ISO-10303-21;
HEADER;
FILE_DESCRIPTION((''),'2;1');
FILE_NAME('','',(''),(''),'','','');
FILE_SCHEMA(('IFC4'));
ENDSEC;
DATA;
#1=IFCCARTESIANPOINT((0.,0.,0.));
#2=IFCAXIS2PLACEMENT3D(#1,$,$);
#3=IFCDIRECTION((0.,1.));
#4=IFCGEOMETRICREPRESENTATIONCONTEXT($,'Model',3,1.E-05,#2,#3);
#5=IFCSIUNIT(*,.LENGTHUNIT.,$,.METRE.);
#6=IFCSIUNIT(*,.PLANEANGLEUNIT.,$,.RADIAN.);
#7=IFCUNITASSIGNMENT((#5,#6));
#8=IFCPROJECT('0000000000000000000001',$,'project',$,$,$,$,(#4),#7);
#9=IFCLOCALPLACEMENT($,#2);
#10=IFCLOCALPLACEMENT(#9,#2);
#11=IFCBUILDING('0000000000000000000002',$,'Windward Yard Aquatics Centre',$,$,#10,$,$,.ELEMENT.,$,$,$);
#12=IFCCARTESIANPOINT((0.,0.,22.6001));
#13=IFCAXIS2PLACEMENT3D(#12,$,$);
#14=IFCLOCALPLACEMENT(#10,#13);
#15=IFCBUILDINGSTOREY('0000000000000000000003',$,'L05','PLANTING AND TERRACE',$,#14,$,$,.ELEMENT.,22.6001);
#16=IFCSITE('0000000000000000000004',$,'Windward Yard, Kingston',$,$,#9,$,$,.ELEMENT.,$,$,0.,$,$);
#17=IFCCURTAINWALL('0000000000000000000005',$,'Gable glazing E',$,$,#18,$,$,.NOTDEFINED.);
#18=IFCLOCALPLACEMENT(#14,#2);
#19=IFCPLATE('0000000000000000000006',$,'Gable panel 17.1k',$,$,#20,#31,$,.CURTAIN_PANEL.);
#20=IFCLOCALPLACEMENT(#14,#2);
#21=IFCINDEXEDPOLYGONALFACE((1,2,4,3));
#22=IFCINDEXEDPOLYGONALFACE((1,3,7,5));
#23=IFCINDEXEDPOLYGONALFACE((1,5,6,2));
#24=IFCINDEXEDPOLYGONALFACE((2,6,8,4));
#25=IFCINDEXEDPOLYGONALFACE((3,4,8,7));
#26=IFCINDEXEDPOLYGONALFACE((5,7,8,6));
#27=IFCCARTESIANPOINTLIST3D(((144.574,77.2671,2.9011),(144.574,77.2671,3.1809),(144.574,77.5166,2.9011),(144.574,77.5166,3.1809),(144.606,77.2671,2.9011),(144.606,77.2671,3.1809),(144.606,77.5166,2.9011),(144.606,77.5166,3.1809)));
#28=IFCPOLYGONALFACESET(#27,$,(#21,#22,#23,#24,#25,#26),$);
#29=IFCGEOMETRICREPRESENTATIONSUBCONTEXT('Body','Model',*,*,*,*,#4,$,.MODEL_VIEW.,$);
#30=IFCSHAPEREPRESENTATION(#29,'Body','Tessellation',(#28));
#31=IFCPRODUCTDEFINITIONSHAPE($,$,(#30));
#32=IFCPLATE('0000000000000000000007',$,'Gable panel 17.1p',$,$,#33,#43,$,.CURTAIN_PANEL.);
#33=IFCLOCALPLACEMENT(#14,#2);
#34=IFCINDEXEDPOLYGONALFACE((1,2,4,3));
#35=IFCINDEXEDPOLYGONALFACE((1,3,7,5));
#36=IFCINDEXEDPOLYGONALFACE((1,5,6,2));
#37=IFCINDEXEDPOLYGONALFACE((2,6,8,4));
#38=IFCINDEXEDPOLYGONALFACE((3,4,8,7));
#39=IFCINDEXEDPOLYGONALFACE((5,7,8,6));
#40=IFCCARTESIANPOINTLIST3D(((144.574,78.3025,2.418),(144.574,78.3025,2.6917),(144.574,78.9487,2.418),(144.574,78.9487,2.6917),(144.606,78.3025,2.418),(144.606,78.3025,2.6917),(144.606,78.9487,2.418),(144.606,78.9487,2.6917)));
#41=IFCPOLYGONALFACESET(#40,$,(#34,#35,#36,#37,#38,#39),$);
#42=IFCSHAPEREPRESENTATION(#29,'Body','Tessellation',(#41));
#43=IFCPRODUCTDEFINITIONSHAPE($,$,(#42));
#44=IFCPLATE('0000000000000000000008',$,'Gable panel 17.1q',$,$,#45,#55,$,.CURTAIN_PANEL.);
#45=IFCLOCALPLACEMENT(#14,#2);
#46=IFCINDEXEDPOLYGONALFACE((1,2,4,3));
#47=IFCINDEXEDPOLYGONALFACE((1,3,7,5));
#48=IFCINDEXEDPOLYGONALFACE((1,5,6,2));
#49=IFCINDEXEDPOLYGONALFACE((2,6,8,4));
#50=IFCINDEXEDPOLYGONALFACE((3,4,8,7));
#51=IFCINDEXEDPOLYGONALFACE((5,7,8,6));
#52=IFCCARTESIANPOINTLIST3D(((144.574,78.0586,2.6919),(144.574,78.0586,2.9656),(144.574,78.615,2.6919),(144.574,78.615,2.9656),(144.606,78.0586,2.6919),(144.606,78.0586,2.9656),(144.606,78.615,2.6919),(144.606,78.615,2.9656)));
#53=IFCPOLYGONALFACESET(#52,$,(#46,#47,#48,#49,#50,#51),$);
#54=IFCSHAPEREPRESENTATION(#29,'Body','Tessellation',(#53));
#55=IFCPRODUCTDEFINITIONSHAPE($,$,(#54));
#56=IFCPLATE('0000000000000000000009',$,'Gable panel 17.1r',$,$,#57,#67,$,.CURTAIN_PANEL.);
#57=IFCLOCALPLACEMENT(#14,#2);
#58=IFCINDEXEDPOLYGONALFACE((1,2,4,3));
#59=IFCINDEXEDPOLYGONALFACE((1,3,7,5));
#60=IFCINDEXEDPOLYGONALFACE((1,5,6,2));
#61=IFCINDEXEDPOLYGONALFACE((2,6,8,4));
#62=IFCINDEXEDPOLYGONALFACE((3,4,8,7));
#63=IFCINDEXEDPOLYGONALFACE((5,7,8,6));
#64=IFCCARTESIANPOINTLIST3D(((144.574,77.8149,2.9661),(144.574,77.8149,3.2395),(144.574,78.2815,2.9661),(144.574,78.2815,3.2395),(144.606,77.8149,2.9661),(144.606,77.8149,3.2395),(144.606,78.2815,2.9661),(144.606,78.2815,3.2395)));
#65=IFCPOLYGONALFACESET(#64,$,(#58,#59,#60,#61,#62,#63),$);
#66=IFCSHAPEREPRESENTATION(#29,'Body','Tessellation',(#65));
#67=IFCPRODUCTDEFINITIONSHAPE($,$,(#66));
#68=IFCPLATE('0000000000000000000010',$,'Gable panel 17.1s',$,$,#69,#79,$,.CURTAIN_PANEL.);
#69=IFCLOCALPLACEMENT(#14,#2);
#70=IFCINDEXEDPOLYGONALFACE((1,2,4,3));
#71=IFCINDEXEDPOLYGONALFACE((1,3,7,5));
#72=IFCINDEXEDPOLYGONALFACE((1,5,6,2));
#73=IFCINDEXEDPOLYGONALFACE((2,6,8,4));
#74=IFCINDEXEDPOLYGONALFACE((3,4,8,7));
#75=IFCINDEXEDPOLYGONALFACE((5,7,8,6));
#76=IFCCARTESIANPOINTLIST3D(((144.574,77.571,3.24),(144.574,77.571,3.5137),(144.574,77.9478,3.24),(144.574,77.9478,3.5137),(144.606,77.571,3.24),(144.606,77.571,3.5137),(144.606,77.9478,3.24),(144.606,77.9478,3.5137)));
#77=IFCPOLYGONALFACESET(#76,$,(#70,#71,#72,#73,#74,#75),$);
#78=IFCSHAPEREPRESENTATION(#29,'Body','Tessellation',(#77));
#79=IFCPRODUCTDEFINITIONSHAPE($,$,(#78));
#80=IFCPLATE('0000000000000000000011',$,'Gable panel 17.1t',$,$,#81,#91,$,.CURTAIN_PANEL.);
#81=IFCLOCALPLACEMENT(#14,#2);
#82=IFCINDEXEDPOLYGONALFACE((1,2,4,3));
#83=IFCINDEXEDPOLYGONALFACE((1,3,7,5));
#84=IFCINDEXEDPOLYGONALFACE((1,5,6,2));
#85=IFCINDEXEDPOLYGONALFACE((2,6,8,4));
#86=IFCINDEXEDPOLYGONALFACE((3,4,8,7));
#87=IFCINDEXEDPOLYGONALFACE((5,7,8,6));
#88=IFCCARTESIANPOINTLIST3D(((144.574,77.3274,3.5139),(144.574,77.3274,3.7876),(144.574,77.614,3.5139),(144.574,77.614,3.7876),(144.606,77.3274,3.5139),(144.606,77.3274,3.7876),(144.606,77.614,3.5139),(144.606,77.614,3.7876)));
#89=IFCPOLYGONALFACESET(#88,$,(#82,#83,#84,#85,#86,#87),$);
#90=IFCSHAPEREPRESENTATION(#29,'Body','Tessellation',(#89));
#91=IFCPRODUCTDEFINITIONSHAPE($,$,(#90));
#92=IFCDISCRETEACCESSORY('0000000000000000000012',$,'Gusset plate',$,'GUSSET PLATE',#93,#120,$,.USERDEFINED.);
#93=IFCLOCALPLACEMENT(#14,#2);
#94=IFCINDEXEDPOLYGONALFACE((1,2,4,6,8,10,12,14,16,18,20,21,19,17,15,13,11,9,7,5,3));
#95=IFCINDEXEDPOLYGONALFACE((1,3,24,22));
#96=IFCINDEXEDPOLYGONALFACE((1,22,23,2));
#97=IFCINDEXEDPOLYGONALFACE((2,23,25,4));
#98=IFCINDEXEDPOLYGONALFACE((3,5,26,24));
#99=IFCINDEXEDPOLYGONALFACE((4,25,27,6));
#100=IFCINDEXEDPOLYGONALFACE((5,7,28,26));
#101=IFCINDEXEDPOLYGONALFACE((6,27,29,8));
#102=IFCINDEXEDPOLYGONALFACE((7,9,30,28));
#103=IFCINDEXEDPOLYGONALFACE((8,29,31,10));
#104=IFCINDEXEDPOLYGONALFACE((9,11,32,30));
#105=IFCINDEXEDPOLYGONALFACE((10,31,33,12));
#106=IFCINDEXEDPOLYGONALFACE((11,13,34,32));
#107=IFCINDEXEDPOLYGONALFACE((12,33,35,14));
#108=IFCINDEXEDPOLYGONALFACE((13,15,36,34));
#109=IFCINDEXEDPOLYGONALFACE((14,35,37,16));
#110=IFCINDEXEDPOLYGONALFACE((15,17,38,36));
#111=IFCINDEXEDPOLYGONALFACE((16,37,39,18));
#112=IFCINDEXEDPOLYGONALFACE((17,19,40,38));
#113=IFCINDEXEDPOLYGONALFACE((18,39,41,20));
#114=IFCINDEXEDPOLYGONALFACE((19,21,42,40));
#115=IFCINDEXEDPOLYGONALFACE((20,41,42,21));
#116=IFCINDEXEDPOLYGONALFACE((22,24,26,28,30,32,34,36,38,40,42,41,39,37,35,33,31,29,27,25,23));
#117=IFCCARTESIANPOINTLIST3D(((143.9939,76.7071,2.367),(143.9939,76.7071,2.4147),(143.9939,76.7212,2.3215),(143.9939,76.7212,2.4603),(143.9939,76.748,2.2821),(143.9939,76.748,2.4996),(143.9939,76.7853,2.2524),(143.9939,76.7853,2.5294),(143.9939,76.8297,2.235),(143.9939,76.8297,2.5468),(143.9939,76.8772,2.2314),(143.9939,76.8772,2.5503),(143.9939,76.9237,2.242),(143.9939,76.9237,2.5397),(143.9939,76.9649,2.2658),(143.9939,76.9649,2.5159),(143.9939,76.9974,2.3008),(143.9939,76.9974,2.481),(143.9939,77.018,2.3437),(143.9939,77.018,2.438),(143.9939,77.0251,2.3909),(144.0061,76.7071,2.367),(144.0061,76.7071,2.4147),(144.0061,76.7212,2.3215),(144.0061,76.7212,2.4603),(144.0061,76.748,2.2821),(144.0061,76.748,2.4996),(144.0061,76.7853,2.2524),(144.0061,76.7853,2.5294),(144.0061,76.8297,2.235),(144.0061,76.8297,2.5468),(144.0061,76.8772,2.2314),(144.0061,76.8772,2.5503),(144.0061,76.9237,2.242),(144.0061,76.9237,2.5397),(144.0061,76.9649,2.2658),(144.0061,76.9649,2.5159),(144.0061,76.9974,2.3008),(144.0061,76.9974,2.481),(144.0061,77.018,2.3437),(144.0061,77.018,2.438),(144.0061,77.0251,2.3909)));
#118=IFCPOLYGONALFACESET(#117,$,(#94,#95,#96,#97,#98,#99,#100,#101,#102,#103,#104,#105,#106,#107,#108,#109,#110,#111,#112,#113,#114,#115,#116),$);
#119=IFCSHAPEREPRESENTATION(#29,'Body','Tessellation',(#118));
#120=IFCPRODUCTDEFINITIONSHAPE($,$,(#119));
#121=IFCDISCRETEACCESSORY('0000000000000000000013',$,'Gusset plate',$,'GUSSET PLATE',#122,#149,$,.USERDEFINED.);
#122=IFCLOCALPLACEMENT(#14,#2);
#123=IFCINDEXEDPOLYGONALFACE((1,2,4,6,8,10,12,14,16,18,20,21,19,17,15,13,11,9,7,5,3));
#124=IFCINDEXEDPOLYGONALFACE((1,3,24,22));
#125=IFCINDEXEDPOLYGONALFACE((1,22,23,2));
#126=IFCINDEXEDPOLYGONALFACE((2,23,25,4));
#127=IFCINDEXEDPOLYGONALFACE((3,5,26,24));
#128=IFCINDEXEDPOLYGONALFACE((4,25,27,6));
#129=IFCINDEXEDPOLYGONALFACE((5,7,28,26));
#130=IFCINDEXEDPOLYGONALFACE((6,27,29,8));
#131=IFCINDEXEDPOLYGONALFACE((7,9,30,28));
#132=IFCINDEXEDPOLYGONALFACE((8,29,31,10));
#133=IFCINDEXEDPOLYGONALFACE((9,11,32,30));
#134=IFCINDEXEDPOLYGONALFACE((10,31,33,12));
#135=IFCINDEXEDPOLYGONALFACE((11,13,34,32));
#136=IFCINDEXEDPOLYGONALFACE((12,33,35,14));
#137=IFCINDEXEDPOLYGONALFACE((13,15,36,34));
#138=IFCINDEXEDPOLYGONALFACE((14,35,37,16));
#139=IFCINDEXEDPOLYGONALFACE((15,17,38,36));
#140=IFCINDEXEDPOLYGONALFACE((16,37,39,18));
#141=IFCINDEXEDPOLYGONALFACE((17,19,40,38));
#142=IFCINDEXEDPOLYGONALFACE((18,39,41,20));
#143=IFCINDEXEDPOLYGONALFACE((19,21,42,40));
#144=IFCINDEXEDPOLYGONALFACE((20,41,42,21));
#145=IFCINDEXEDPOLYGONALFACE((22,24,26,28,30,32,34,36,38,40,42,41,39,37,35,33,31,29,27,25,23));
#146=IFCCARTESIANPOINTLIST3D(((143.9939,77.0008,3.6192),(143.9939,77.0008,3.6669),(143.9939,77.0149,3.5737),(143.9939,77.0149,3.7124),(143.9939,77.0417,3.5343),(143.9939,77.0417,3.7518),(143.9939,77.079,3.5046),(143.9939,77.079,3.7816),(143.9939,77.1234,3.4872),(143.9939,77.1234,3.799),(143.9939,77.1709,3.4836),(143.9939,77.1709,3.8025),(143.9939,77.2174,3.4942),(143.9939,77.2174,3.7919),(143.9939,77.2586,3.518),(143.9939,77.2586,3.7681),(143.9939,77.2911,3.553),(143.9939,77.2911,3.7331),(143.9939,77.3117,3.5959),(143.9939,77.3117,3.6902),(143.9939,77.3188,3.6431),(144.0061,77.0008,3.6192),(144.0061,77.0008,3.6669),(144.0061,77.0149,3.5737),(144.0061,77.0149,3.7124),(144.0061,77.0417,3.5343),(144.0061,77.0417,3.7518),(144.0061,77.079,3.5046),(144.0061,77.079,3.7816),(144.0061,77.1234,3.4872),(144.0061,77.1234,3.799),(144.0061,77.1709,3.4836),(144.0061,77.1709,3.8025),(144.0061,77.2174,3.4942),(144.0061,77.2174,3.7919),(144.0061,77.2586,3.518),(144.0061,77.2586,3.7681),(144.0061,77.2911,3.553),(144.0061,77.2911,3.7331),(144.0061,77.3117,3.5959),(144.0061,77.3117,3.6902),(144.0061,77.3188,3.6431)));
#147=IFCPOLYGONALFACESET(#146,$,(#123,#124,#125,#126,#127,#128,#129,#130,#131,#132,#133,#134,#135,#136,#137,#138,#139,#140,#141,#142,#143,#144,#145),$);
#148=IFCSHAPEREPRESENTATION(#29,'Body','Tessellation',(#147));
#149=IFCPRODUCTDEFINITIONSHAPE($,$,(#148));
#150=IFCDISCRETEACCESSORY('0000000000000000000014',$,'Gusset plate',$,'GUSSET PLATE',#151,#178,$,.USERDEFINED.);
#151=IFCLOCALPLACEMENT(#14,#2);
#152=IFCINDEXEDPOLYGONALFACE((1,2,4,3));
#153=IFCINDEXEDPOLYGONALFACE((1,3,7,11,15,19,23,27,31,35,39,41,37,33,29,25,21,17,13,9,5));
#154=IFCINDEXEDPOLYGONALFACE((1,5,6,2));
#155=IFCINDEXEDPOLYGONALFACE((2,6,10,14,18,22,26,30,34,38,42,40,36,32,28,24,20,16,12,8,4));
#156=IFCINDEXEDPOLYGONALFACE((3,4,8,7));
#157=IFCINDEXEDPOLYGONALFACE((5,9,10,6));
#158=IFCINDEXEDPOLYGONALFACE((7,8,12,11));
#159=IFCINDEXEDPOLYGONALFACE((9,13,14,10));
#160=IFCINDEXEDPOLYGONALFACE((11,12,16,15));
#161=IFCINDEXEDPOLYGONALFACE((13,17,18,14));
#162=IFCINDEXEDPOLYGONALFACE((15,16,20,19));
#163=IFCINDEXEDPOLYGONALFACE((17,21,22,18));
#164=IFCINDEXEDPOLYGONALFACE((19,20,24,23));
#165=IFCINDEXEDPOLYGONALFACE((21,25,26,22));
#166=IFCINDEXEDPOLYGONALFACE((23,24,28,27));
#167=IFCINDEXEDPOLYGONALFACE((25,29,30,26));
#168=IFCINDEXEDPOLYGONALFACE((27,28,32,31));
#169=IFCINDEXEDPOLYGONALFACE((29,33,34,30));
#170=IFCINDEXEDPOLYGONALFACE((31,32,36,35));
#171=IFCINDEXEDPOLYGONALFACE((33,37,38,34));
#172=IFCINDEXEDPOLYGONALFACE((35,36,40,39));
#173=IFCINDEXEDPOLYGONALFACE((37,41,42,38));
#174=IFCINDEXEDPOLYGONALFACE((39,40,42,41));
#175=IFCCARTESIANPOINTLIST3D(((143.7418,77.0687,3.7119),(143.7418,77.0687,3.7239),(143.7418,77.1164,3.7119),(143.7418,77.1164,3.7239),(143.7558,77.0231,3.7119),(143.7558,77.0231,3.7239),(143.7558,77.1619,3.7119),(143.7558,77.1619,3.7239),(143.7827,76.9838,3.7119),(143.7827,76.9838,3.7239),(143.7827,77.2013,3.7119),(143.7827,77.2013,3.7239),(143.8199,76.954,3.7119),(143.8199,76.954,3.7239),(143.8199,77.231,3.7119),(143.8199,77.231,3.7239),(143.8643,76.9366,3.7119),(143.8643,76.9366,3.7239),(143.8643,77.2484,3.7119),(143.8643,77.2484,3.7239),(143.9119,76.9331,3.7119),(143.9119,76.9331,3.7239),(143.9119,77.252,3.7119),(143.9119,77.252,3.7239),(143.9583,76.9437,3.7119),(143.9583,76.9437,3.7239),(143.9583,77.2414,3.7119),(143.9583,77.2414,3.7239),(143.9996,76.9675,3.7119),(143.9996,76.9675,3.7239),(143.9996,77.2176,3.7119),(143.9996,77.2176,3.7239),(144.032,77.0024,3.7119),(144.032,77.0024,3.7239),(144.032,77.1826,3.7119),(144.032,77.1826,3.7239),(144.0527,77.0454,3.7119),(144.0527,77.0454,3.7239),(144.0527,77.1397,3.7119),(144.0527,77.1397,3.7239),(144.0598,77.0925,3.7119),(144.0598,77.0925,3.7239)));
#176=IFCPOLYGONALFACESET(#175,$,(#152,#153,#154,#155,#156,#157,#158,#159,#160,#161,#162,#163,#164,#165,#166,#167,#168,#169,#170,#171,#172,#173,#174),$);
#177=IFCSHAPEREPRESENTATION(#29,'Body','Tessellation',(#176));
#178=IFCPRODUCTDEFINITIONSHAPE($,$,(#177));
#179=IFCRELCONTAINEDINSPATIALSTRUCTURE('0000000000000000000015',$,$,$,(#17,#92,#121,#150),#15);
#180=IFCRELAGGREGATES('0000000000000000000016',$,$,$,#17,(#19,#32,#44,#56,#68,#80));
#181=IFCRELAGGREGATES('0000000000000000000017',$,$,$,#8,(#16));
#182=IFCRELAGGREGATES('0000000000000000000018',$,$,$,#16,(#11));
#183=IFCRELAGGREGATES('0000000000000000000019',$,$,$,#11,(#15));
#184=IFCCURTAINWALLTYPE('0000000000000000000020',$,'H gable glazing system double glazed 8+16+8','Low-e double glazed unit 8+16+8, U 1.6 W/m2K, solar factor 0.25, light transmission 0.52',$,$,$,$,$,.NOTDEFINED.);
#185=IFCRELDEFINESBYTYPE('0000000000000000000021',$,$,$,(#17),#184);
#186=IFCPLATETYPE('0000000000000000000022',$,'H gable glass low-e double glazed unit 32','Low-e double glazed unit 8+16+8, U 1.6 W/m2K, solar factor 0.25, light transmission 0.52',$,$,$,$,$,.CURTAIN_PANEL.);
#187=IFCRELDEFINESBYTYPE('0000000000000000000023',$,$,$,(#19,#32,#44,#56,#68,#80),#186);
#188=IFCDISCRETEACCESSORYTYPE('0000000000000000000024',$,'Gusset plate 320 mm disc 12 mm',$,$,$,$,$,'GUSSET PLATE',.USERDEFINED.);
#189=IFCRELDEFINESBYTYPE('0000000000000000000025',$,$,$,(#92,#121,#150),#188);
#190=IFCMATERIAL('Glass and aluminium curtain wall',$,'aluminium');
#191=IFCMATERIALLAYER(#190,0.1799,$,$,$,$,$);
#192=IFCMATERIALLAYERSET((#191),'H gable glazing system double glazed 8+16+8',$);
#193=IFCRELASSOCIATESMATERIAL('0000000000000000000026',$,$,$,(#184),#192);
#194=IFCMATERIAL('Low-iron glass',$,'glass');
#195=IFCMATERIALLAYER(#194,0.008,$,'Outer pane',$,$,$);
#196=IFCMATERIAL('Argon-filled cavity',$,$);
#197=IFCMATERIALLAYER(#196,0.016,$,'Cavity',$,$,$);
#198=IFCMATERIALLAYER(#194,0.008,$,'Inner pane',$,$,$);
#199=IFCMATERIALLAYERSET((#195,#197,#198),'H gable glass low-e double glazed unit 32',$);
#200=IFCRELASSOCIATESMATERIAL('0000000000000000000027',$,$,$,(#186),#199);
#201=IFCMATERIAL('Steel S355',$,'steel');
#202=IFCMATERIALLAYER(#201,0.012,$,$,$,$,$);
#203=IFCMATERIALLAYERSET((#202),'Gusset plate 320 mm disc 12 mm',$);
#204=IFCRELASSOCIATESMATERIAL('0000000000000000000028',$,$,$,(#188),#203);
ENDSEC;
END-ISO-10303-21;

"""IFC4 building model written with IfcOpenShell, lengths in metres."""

from ifc_helpers import new_model, si_unit, direction, frame, origin, origin_2d, place, context, subcontext, project, spatial, polyline, circle, outline, extrude, material, layer, layer_set, type_object, element, aggregate, save


model = new_model("IFC4")

# Units and contexts
model_context = context("Model", 3, precision=1e-05, world=origin(), true_north=direction((0.0, 1.0)))
body_context = subcontext(model_context, "Body", "Model", "MODEL_VIEW")
ifc_project = project(units=[si_unit("LENGTHUNIT", "METRE"), si_unit("PLANEANGLEUNIT", "RADIAN")], contexts=[model_context])

# Site, building, storey
site_placement = place(None, origin())
site = spatial("IfcSite", under=ifc_project, at=site_placement, Name="Windward Yard, Kingston", CompositionType="ELEMENT", RefElevation=0.0)
building_placement = place(site_placement, origin())
building = spatial("IfcBuilding", under=site, at=building_placement, Name="Windward Yard Aquatics Centre", CompositionType="ELEMENT")
storey_placement = place(building_placement, frame((0.0, 0.0, 22.6001)))
storey = spatial("IfcBuildingStorey", under=building, at=storey_placement, Name="L05", Description="PLANTING AND TERRACE", CompositionType="ELEMENT", Elevation=22.6001)

# Curtain wall
ifc_material_1 = material(Name="Glass and aluminium curtain wall", Category="aluminium")
ifc_layer_1 = layer(ifc_material_1, 0.1799)
ifc_layer_set_1 = layer_set([ifc_layer_1], Name="H gable glazing system double glazed 8+16+8")
curtain_wall_type = type_object("IfcCurtainWallType", Name="H gable glazing system double glazed 8+16+8", Description="Low-e double glazed unit 8+16+8, U 1.6 W/m2K, solar factor 0.25, light transmission 0.52", PredefinedType="NOTDEFINED", material=ifc_layer_set_1)
curtain_wall_placement = place(storey_placement, origin())
curtain_wall = element("IfcCurtainWall", 1, at=curtain_wall_placement, inside=storey, type_object=curtain_wall_type, Name="Gable glazing E", PredefinedType="NOTDEFINED")

# Plates
ifc_material_2 = material(Name="Low-iron glass", Category="glass")
ifc_layer_2 = layer(ifc_material_2, 0.008, Name="Outer pane")
ifc_material_3 = material(Name="Argon-filled cavity")
ifc_layer_3 = layer(ifc_material_3, 0.016, Name="Cavity")
ifc_layer_4 = layer(ifc_material_2, 0.008, Name="Inner pane")
ifc_layer_set_2 = layer_set([ifc_layer_2, ifc_layer_3, ifc_layer_4], Name="H gable glass low-e double glazed unit 32")
plate_type = type_object("IfcPlateType", Name="H gable glass low-e double glazed unit 32", Description="Low-e double glazed unit 8+16+8, U 1.6 W/m2K, solar factor 0.25, light transmission 0.52", PredefinedType="CURTAIN_PANEL", material=ifc_layer_set_2)
plate_1_placement = place(storey_placement, frame((144.606, 77.2671, 2.9011), z_axis=(1.0, 0.0, 0.0), x_axis=(0.0, 1.0, 0.0)))
plate_1 = element("IfcPlate", 2, at=plate_1_placement, type_object=plate_type, Name="Gable panel 17.1k", PredefinedType="CURTAIN_PANEL", context=body_context, shape_type="SweptSolid", body=[
    extrude(outline(polyline([(0.0, 0.0), (0.2495, 0.0), (0.2495, 0.2798), (0.0, 0.2798), (0.0, 0.0)])), origin(), (0.0, 0.0, -1.0), 0.032),
])
plate_2_placement = place(storey_placement, frame((144.606, 78.3025, 2.418), z_axis=(1.0, 0.0, 0.0), x_axis=(0.0, 1.0, 0.0)))
plate_2 = element("IfcPlate", 3, at=plate_2_placement, type_object=plate_type, Name="Gable panel 17.1p", PredefinedType="CURTAIN_PANEL", context=body_context, shape_type="SweptSolid", body=[
    extrude(outline(polyline([(0.0, 0.0), (0.6462, 0.0), (0.6462, 0.2737), (0.0, 0.2737), (0.0, 0.0)])), origin(), (0.0, 0.0, -1.0), 0.032),
])
plate_3_placement = place(storey_placement, frame((144.606, 78.0586, 2.6919), z_axis=(1.0, 0.0, 0.0), x_axis=(0.0, 1.0, 0.0)))
plate_3 = element("IfcPlate", 4, at=plate_3_placement, type_object=plate_type, Name="Gable panel 17.1q", PredefinedType="CURTAIN_PANEL", context=body_context, shape_type="SweptSolid", body=[
    extrude(outline(polyline([(0.0, 0.0), (0.5564, 0.0), (0.5564, 0.2737), (0.0, 0.2737), (0.0, 0.0)])), origin(), (0.0, 0.0, -1.0), 0.032),
])
plate_4_placement = place(storey_placement, frame((144.606, 77.8149, 2.9661), z_axis=(1.0, 0.0, 0.0), x_axis=(0.0, 1.0, 0.0)))
plate_4 = element("IfcPlate", 5, at=plate_4_placement, type_object=plate_type, Name="Gable panel 17.1r", PredefinedType="CURTAIN_PANEL", context=body_context, shape_type="SweptSolid", body=[
    extrude(outline(polyline([(0.0, 0.0), (0.4666, 0.0), (0.4666, 0.2734), (0.0, 0.2734), (0.0, 0.0)])), origin(), (0.0, 0.0, -1.0), 0.032),
])
plate_5_placement = place(storey_placement, frame((144.606, 77.571, 3.24), z_axis=(1.0, 0.0, 0.0), x_axis=(0.0, 1.0, 0.0)))
plate_5 = element("IfcPlate", 6, at=plate_5_placement, type_object=plate_type, Name="Gable panel 17.1s", PredefinedType="CURTAIN_PANEL", context=body_context, shape_type="SweptSolid", body=[
    extrude(outline(polyline([(0.0, 0.0), (0.3767, 0.0), (0.3767, 0.2737), (0.0, 0.2737), (0.0, 0.0)])), origin(), (0.0, 0.0, -1.0), 0.032),
])
plate_6_placement = place(storey_placement, frame((144.606, 77.3274, 3.5139), z_axis=(1.0, 0.0, 0.0), x_axis=(0.0, 1.0, 0.0)))
plate_6 = element("IfcPlate", 7, at=plate_6_placement, type_object=plate_type, Name="Gable panel 17.1t", PredefinedType="CURTAIN_PANEL", context=body_context, shape_type="SweptSolid", body=[
    extrude(outline(polyline([(0.0, 0.0), (0.2866, 0.0), (0.2866, 0.2737), (0.0, 0.2737), (0.0, 0.0)])), origin(), (0.0, 0.0, -1.0), 0.032),
])

# Discrete accessories
ifc_material_4 = material(Name="Steel S355", Category="steel")
ifc_layer_5 = layer(ifc_material_4, 0.012)
ifc_layer_set_3 = layer_set([ifc_layer_5], Name="Gusset plate 320 mm disc 12 mm")
discrete_accessory_type = type_object("IfcDiscreteAccessoryType", Name="Gusset plate 320 mm disc 12 mm", ElementType="GUSSET PLATE", PredefinedType="USERDEFINED", material=ifc_layer_set_3)
for number, where, z_axis, x_axis, name in (
    (8, (143.9939, 76.8652, 2.3909), (1.0, 0.0, 0.0), (0.0, 1.0, 0.0), "Gusset plate"),
    (9, (143.9939, 77.1589, 3.6431), (1.0, 0.0, 0.0), (0.0, 1.0, 0.0), "Gusset plate"),
):
    element("IfcDiscreteAccessory", number, at=place(storey_placement, frame(where, z_axis=z_axis, x_axis=x_axis)), inside=storey, type_object=discrete_accessory_type, Name=name, ObjectType="GUSSET PLATE", PredefinedType="USERDEFINED", context=body_context, shape_type="SweptSolid", body=[
        extrude(circle(Radius=0.1599, at=origin_2d()), origin(), (0.0, 0.0, 1.0), 0.0122),
    ])
discrete_accessory_1_placement = place(storey_placement, frame((143.8999, 77.0925, 3.7119), z_axis=(0.0, 0.0, 1.0), x_axis=(1.0, 0.0, 0.0)))
element("IfcDiscreteAccessory", 10, at=discrete_accessory_1_placement, inside=storey, type_object=discrete_accessory_type, Name="Gusset plate", ObjectType="GUSSET PLATE", PredefinedType="USERDEFINED", context=body_context, shape_type="SweptSolid", body=[
    extrude(circle(Radius=0.1599, at=origin_2d()), origin(), (0.0, 0.0, 1.0), 0.012),
])

aggregate(curtain_wall, [plate_1, plate_2, plate_3, plate_4, plate_5, plate_6])

save(model, "model.ifc")
